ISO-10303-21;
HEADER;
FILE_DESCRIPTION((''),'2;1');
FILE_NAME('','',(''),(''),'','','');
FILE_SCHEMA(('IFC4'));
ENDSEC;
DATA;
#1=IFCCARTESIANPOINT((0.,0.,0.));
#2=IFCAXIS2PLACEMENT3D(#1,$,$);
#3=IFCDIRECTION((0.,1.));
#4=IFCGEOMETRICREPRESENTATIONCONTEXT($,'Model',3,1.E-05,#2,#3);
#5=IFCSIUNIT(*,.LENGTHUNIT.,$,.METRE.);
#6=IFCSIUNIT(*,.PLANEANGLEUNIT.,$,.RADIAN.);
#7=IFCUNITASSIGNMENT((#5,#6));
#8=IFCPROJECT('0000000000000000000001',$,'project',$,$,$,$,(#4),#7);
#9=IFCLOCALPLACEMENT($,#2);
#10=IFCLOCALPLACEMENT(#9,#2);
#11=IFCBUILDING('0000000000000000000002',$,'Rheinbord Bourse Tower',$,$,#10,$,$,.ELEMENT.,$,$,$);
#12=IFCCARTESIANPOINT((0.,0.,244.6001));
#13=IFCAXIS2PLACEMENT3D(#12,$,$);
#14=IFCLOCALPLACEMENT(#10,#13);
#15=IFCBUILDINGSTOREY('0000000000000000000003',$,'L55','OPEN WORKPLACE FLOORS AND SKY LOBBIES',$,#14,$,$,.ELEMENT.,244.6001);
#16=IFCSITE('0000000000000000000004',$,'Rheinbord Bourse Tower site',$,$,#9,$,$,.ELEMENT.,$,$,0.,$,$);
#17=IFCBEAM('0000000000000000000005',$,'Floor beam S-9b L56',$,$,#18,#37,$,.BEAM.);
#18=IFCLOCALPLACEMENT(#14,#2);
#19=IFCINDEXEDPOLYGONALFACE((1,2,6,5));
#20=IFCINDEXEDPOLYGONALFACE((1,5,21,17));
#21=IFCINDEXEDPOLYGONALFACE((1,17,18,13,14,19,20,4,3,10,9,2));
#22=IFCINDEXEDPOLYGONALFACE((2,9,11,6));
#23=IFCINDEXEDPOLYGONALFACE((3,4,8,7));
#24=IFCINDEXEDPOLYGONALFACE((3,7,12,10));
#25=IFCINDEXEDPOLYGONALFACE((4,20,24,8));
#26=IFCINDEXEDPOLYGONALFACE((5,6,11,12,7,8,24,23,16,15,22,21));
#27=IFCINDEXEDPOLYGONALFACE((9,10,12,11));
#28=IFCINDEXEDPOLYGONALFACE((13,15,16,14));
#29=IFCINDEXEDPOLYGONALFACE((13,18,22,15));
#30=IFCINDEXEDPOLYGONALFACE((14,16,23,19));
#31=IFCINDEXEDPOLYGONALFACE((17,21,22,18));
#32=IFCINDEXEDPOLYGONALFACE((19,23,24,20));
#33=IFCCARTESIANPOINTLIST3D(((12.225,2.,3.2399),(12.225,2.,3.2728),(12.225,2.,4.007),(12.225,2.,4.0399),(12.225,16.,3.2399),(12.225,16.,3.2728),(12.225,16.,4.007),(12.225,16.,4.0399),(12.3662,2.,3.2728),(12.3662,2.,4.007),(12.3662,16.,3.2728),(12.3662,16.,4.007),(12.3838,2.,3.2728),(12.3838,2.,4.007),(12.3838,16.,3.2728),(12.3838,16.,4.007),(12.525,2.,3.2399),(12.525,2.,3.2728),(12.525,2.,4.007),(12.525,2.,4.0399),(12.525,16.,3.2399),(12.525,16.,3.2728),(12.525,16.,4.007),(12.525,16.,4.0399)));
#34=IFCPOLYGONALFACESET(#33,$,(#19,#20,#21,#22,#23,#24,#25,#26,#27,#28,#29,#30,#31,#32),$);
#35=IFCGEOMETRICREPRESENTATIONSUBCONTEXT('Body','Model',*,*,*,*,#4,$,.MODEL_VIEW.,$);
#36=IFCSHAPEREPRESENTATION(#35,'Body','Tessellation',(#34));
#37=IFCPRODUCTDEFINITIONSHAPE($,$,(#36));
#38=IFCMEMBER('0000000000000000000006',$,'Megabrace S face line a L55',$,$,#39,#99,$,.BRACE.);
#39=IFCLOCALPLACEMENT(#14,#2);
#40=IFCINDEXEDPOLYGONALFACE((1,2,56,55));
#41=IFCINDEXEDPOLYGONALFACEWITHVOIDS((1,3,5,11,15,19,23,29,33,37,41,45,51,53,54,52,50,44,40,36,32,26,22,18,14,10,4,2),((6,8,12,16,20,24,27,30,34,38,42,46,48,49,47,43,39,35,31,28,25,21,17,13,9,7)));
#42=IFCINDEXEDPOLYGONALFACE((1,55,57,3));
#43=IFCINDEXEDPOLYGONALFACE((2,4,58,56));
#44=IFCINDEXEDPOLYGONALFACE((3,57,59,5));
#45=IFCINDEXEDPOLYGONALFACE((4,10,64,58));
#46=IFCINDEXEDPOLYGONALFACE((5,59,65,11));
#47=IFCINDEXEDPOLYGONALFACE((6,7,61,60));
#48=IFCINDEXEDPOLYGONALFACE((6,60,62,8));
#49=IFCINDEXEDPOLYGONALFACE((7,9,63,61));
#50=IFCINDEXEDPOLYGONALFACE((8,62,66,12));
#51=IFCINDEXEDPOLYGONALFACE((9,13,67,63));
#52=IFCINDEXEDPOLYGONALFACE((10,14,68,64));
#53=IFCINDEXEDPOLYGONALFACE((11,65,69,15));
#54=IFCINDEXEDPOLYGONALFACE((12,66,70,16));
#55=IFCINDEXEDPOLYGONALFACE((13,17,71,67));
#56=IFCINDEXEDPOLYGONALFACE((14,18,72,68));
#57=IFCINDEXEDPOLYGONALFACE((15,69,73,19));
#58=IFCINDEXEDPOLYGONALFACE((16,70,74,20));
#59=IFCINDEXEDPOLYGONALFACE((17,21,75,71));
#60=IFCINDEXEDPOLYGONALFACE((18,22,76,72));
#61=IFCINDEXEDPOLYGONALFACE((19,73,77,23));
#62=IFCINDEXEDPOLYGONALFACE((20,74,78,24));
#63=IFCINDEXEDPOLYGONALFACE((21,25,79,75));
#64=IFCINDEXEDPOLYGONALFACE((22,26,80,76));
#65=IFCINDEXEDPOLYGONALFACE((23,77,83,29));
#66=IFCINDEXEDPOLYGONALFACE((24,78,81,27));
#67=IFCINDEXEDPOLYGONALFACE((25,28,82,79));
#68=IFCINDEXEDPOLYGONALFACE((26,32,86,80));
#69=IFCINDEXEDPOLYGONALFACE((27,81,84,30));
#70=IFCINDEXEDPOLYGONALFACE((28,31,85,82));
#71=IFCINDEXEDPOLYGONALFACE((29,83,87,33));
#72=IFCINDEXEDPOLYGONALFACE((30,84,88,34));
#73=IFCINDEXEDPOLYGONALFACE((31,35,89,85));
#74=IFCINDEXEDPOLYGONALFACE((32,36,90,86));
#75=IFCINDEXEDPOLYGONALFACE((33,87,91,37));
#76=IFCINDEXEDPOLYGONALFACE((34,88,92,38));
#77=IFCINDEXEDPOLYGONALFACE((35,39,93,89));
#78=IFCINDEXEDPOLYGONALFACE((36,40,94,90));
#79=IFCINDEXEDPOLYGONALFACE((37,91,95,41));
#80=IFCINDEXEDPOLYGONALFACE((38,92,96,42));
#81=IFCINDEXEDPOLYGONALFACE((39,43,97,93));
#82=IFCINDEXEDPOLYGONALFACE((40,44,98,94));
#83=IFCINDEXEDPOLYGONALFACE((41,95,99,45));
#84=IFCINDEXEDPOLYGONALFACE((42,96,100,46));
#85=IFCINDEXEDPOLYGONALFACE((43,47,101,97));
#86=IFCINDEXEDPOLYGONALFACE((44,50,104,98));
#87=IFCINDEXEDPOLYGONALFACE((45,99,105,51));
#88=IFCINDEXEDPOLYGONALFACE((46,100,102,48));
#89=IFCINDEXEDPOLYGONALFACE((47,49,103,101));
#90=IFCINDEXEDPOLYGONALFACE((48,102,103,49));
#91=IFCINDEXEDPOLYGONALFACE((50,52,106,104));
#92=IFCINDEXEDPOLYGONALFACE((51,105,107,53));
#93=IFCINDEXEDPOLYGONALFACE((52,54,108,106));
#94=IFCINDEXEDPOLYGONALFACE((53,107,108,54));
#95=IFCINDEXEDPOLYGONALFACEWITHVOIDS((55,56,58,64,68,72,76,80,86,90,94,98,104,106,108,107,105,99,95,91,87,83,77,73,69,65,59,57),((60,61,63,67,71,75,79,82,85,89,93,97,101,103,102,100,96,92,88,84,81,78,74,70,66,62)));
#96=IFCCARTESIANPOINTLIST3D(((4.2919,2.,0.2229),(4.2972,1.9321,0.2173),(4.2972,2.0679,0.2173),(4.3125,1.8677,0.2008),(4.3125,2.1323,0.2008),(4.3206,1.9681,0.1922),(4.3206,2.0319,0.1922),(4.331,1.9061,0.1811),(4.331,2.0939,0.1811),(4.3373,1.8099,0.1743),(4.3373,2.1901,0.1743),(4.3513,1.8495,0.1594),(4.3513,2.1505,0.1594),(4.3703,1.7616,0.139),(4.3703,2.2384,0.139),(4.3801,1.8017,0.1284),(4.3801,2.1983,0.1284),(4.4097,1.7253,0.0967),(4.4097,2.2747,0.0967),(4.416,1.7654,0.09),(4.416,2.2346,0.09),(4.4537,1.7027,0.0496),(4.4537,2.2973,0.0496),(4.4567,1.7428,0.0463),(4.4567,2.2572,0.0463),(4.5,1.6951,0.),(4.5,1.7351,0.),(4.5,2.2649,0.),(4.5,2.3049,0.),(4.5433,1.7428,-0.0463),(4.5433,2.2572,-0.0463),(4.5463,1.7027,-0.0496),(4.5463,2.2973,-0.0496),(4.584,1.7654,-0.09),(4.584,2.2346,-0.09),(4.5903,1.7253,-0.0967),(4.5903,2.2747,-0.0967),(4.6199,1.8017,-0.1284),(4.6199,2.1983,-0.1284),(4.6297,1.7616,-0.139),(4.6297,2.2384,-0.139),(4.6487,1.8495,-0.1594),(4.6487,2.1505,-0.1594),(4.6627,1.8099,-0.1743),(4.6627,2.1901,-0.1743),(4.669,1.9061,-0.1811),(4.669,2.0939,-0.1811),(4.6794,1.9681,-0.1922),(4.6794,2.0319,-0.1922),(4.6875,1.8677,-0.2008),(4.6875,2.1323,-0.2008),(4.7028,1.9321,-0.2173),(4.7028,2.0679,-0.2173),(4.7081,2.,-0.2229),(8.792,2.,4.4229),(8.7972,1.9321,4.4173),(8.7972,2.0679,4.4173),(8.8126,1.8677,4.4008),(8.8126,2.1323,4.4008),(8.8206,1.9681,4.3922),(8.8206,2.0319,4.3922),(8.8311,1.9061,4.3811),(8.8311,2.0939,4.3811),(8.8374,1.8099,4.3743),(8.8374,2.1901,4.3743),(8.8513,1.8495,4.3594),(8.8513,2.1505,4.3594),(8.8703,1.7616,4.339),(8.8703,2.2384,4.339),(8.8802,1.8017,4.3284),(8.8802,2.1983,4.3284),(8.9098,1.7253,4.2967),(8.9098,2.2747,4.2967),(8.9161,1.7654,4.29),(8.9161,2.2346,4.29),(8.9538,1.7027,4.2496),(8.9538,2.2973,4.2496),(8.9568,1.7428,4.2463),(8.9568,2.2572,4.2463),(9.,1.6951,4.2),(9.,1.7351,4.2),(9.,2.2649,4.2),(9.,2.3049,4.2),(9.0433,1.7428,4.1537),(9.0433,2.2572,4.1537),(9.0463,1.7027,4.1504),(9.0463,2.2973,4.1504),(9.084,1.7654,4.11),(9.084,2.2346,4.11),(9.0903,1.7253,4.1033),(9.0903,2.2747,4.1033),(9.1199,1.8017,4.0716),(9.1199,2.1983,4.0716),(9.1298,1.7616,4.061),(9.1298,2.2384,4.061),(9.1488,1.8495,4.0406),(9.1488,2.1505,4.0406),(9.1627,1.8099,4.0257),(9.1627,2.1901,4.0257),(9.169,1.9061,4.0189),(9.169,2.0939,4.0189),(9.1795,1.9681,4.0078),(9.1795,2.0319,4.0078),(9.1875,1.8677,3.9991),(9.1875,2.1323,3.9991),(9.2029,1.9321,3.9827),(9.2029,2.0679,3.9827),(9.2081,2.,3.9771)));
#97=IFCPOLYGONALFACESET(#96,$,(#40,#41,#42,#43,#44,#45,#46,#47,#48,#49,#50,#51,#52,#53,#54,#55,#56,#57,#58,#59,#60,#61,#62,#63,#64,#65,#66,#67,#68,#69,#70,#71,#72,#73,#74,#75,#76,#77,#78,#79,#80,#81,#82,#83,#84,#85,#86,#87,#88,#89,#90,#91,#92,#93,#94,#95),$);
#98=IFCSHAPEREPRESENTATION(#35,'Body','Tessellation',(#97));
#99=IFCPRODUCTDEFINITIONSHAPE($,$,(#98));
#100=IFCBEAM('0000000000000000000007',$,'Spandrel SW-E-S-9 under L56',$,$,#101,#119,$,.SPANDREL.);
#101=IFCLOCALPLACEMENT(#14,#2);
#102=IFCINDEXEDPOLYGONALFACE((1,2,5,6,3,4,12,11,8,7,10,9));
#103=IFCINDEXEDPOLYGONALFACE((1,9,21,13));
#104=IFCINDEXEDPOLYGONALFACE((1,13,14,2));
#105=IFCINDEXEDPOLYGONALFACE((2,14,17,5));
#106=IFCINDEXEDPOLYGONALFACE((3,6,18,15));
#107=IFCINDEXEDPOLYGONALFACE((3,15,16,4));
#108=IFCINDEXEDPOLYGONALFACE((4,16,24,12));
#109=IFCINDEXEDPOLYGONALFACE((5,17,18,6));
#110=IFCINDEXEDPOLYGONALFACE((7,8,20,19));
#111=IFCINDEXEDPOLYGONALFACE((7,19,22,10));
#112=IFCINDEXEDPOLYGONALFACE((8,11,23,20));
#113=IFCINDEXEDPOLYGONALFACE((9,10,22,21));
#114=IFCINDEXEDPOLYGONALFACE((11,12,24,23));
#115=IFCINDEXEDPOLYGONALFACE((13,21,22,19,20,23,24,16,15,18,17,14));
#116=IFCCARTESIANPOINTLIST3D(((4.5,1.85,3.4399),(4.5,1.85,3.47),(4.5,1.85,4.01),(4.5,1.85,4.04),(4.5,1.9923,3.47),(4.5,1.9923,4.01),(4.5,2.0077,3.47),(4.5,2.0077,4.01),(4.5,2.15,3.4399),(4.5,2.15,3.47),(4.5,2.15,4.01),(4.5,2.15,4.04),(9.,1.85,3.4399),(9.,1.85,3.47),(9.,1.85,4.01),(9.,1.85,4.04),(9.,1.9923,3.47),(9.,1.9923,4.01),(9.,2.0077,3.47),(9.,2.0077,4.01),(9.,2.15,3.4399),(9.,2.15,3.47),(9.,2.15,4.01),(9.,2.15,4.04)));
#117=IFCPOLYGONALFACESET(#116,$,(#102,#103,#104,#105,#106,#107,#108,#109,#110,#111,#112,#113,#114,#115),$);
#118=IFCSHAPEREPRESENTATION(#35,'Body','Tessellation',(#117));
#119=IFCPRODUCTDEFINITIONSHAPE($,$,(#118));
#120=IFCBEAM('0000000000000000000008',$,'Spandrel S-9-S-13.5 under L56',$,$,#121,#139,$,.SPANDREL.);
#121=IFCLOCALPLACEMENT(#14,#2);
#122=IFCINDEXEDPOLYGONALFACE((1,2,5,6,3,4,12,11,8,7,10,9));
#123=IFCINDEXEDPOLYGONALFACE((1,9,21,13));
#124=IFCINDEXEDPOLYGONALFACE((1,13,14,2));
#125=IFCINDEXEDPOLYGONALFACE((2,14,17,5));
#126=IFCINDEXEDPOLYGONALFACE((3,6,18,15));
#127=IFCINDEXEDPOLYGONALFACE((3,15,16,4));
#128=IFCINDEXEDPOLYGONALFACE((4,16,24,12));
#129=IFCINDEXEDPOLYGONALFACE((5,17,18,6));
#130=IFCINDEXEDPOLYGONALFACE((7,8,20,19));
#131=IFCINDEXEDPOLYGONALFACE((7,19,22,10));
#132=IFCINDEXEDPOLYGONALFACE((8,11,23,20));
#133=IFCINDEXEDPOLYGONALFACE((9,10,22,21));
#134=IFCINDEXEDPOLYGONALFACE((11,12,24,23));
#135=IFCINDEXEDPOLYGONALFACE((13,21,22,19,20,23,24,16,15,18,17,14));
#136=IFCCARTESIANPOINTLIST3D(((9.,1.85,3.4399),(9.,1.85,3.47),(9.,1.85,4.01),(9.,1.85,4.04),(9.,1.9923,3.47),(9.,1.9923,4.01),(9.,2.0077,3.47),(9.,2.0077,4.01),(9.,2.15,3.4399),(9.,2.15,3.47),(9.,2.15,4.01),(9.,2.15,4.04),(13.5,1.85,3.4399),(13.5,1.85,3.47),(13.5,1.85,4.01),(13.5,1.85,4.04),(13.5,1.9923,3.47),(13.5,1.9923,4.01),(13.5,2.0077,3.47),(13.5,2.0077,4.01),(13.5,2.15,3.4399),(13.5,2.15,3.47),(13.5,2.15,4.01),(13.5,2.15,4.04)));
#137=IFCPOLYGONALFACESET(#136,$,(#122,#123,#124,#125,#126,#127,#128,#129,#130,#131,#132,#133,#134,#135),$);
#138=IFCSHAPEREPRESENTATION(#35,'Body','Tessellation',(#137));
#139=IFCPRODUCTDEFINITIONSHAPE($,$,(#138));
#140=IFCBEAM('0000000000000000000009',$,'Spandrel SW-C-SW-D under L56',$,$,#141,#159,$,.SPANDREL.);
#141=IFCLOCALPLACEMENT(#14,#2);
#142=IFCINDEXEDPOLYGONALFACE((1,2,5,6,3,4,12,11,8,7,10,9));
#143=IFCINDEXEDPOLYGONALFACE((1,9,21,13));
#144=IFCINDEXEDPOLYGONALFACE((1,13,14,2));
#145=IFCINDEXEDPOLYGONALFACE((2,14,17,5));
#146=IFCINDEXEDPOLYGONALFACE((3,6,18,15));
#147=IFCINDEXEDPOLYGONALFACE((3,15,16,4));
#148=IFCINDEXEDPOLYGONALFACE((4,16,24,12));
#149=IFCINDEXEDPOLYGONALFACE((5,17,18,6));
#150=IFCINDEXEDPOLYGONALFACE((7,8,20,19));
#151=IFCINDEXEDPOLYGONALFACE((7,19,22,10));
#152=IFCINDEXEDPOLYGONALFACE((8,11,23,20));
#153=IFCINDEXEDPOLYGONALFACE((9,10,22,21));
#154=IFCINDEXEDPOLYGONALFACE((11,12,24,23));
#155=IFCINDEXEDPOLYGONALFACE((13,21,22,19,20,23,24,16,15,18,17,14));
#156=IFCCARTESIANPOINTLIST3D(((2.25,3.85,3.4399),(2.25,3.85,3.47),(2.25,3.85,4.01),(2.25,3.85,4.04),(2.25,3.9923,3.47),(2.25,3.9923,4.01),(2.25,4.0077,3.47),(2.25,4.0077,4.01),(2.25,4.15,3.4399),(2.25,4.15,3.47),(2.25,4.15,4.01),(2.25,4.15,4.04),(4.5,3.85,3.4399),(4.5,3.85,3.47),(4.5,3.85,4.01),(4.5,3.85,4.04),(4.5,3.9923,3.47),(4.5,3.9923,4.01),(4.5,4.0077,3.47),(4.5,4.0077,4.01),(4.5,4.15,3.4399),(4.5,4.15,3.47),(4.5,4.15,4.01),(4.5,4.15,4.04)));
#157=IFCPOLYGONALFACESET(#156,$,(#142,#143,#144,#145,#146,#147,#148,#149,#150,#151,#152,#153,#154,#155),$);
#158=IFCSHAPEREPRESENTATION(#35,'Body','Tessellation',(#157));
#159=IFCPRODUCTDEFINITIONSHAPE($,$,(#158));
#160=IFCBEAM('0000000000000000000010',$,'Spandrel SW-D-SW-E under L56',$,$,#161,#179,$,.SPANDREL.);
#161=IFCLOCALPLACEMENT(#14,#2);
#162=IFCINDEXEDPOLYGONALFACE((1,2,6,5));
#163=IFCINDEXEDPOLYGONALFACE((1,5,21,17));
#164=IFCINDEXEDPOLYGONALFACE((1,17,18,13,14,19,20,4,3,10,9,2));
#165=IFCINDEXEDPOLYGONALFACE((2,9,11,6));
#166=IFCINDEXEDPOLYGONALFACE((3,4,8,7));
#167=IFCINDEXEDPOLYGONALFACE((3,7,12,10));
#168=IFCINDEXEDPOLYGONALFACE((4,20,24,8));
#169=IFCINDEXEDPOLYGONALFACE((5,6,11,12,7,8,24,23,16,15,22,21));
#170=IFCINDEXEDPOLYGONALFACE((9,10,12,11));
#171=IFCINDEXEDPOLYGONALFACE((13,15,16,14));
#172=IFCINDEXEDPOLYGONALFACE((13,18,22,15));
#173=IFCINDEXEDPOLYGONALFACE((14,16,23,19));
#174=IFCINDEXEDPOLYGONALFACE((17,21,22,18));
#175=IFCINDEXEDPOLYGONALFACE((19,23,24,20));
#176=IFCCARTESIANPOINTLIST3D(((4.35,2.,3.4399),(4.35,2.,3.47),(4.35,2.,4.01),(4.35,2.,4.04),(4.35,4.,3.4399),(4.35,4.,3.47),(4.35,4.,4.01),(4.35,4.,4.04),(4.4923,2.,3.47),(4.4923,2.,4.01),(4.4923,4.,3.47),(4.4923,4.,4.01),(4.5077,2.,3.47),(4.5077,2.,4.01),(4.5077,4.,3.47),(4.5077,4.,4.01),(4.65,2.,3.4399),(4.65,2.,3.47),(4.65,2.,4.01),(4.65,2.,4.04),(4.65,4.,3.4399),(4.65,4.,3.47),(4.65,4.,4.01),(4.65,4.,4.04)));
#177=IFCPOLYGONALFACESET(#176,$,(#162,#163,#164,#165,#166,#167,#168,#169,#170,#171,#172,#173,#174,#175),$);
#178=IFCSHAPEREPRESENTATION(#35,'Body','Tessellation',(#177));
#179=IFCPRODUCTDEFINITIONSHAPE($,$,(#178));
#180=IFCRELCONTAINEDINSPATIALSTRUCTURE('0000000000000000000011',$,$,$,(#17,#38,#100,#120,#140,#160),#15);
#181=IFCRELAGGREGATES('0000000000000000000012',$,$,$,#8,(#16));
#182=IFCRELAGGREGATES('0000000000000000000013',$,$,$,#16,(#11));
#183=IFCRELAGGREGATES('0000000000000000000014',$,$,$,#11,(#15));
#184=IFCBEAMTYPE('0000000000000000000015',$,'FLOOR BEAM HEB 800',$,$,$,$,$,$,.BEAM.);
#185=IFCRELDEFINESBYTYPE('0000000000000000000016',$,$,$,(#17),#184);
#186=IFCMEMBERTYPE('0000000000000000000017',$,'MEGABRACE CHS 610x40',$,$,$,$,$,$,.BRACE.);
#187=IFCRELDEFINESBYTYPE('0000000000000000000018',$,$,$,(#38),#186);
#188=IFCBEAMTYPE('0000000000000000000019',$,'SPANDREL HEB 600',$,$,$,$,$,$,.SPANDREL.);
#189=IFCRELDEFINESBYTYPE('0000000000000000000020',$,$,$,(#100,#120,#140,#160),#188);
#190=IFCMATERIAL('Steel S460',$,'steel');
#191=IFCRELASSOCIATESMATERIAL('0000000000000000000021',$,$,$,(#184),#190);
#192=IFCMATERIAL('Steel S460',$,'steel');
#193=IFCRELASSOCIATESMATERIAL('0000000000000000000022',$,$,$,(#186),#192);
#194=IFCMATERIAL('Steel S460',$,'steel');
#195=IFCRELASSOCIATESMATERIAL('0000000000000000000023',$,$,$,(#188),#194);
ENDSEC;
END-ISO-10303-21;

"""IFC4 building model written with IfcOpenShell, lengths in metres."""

from ifc_helpers import new_model, si_unit, direction, frame, origin, origin_2d, place, context, subcontext, project, spatial, hollow_circle, i_section, extrude, material, material_profile, profile_set, type_object, element, save


model = new_model("IFC4")

# Units and contexts
model_context = context("Model", 3, precision=1e-05, world=origin(), true_north=direction((0.0, 1.0)))
body_context = subcontext(model_context, "Body", "Model", "MODEL_VIEW")
ifc_project = project(units=[si_unit("LENGTHUNIT", "METRE"), si_unit("PLANEANGLEUNIT", "RADIAN")], contexts=[model_context])

# Site, building, storey
site_placement = place(None, origin())
site = spatial("IfcSite", under=ifc_project, at=site_placement, Name="Rheinbord Bourse Tower site", CompositionType="ELEMENT", RefElevation=0.0)
building_placement = place(site_placement, origin())
building = spatial("IfcBuilding", under=site, at=building_placement, Name="Rheinbord Bourse Tower", CompositionType="ELEMENT")
storey_placement = place(building_placement, frame((0.0, 0.0, 244.6001)))
storey = spatial("IfcBuildingStorey", under=building, at=storey_placement, Name="L55", Description="OPEN WORKPLACE FLOORS AND SKY LOBBIES", CompositionType="ELEMENT", Elevation=244.6001)

# Beam
ifc_material_1 = material(Name="Steel S460", Category="steel")
ifc_material_profile_1 = material_profile(ifc_material_1, i_section(OverallWidth=0.3, OverallDepth=0.8, WebThickness=0.0176, FlangeThickness=0.033, at=origin_2d()), Name="HEB 800")
ifc_profile_set_1 = profile_set([ifc_material_profile_1], Name="Steel S460")
beam_type_1 = type_object("IfcBeamType", Name="FLOOR BEAM HEB 800", PredefinedType="BEAM", material=ifc_profile_set_1)
for number, where, z_axis, x_axis, name in (
    (1, (12.375, 2.0, 3.6399), (0.0, 1.0, 0.0), (-1.0, 0.0, 0.0), "Floor beam S-9b L56"),
):
    element("IfcBeam", number, at=place(storey_placement, frame(where, z_axis=z_axis, x_axis=x_axis)), inside=storey, type_object=beam_type_1, Name=name, PredefinedType="BEAM", context=body_context, shape_type="SweptSolid", body=[
        extrude(i_section(OverallWidth=0.3, OverallDepth=0.8, WebThickness=0.0176, FlangeThickness=0.033, at=origin_2d()), origin(), (0.0, 0.0, 1.0), 14.0),
    ])

# Member
ifc_material_2 = material(Name="Steel S460", Category="steel")
ifc_material_profile_2 = material_profile(ifc_material_2, hollow_circle(Radius=0.3049, WallThickness=0.04, at=origin_2d()), Name="CHS 610x40")
ifc_profile_set_2 = profile_set([ifc_material_profile_2], Name="Steel S460")
member_type_1 = type_object("IfcMemberType", Name="MEGABRACE CHS 610x40", PredefinedType="BRACE", material=ifc_profile_set_2)
member_1_placement = place(storey_placement, frame((4.5, 2.0, 0.0), z_axis=(0.731059, 0.0, 0.682314), x_axis=(0.0, 1.0, 0.0)))
element("IfcMember", 2, at=member_1_placement, inside=storey, type_object=member_type_1, Name="Megabrace S face line a L55", PredefinedType="BRACE", context=body_context, shape_type="SweptSolid", body=[
    extrude(hollow_circle(Radius=0.3049, WallThickness=0.04, at=origin_2d()), origin(), (0.0, 0.0, 1.0), 6.1555),
])

# Beams
ifc_material_3 = material(Name="Steel S460", Category="steel")
ifc_material_profile_3 = material_profile(ifc_material_3, i_section(OverallWidth=0.3, OverallDepth=0.6001, WebThickness=0.0154, FlangeThickness=0.03, at=origin_2d()), Name="HEB 600")
ifc_profile_set_3 = profile_set([ifc_material_profile_3], Name="Steel S460")
beam_type_2 = type_object("IfcBeamType", Name="SPANDREL HEB 600", PredefinedType="SPANDREL", material=ifc_profile_set_3)
for number, where, z_axis, x_axis, name in (
    (3, (4.5, 2.0, 3.74), (1.0, 0.0, 0.0), (0.0, 1.0, 0.0), "Spandrel SW-E-S-9 under L56"),
    (4, (9.0, 2.0, 3.74), (1.0, 0.0, 0.0), (0.0, 1.0, 0.0), "Spandrel S-9-S-13.5 under L56"),
):
    element("IfcBeam", number, at=place(storey_placement, frame(where, z_axis=z_axis, x_axis=x_axis)), inside=storey, type_object=beam_type_2, Name=name, PredefinedType="SPANDREL", context=body_context, shape_type="SweptSolid", body=[
        extrude(i_section(OverallWidth=0.3, OverallDepth=0.6001, WebThickness=0.0154, FlangeThickness=0.03, at=origin_2d()), origin(), (0.0, 0.0, 1.0), 4.5),
    ])
beam_1_placement = place(storey_placement, frame((2.25, 4.0, 3.74), z_axis=(1.0, 0.0, 0.0), x_axis=(0.0, 1.0, 0.0)))
element("IfcBeam", 5, at=beam_1_placement, inside=storey, type_object=beam_type_2, Name="Spandrel SW-C-SW-D under L56", PredefinedType="SPANDREL", context=body_context, shape_type="SweptSolid", body=[
    extrude(i_section(OverallWidth=0.3, OverallDepth=0.6001, WebThickness=0.0154, FlangeThickness=0.03, at=origin_2d()), origin(), (0.0, 0.0, 1.0), 2.25),
])
beam_2_placement = place(storey_placement, frame((4.5, 4.0, 3.74), z_axis=(0.0, -1.0, 0.0), x_axis=(1.0, 0.0, 0.0)))
element("IfcBeam", 6, at=beam_2_placement, inside=storey, type_object=beam_type_2, Name="Spandrel SW-D-SW-E under L56", PredefinedType="SPANDREL", context=body_context, shape_type="SweptSolid", body=[
    extrude(i_section(OverallWidth=0.3, OverallDepth=0.6001, WebThickness=0.0154, FlangeThickness=0.03, at=origin_2d()), origin(), (0.0, 0.0, 1.0), 2.0),
])

save(model, "model.ifc")
